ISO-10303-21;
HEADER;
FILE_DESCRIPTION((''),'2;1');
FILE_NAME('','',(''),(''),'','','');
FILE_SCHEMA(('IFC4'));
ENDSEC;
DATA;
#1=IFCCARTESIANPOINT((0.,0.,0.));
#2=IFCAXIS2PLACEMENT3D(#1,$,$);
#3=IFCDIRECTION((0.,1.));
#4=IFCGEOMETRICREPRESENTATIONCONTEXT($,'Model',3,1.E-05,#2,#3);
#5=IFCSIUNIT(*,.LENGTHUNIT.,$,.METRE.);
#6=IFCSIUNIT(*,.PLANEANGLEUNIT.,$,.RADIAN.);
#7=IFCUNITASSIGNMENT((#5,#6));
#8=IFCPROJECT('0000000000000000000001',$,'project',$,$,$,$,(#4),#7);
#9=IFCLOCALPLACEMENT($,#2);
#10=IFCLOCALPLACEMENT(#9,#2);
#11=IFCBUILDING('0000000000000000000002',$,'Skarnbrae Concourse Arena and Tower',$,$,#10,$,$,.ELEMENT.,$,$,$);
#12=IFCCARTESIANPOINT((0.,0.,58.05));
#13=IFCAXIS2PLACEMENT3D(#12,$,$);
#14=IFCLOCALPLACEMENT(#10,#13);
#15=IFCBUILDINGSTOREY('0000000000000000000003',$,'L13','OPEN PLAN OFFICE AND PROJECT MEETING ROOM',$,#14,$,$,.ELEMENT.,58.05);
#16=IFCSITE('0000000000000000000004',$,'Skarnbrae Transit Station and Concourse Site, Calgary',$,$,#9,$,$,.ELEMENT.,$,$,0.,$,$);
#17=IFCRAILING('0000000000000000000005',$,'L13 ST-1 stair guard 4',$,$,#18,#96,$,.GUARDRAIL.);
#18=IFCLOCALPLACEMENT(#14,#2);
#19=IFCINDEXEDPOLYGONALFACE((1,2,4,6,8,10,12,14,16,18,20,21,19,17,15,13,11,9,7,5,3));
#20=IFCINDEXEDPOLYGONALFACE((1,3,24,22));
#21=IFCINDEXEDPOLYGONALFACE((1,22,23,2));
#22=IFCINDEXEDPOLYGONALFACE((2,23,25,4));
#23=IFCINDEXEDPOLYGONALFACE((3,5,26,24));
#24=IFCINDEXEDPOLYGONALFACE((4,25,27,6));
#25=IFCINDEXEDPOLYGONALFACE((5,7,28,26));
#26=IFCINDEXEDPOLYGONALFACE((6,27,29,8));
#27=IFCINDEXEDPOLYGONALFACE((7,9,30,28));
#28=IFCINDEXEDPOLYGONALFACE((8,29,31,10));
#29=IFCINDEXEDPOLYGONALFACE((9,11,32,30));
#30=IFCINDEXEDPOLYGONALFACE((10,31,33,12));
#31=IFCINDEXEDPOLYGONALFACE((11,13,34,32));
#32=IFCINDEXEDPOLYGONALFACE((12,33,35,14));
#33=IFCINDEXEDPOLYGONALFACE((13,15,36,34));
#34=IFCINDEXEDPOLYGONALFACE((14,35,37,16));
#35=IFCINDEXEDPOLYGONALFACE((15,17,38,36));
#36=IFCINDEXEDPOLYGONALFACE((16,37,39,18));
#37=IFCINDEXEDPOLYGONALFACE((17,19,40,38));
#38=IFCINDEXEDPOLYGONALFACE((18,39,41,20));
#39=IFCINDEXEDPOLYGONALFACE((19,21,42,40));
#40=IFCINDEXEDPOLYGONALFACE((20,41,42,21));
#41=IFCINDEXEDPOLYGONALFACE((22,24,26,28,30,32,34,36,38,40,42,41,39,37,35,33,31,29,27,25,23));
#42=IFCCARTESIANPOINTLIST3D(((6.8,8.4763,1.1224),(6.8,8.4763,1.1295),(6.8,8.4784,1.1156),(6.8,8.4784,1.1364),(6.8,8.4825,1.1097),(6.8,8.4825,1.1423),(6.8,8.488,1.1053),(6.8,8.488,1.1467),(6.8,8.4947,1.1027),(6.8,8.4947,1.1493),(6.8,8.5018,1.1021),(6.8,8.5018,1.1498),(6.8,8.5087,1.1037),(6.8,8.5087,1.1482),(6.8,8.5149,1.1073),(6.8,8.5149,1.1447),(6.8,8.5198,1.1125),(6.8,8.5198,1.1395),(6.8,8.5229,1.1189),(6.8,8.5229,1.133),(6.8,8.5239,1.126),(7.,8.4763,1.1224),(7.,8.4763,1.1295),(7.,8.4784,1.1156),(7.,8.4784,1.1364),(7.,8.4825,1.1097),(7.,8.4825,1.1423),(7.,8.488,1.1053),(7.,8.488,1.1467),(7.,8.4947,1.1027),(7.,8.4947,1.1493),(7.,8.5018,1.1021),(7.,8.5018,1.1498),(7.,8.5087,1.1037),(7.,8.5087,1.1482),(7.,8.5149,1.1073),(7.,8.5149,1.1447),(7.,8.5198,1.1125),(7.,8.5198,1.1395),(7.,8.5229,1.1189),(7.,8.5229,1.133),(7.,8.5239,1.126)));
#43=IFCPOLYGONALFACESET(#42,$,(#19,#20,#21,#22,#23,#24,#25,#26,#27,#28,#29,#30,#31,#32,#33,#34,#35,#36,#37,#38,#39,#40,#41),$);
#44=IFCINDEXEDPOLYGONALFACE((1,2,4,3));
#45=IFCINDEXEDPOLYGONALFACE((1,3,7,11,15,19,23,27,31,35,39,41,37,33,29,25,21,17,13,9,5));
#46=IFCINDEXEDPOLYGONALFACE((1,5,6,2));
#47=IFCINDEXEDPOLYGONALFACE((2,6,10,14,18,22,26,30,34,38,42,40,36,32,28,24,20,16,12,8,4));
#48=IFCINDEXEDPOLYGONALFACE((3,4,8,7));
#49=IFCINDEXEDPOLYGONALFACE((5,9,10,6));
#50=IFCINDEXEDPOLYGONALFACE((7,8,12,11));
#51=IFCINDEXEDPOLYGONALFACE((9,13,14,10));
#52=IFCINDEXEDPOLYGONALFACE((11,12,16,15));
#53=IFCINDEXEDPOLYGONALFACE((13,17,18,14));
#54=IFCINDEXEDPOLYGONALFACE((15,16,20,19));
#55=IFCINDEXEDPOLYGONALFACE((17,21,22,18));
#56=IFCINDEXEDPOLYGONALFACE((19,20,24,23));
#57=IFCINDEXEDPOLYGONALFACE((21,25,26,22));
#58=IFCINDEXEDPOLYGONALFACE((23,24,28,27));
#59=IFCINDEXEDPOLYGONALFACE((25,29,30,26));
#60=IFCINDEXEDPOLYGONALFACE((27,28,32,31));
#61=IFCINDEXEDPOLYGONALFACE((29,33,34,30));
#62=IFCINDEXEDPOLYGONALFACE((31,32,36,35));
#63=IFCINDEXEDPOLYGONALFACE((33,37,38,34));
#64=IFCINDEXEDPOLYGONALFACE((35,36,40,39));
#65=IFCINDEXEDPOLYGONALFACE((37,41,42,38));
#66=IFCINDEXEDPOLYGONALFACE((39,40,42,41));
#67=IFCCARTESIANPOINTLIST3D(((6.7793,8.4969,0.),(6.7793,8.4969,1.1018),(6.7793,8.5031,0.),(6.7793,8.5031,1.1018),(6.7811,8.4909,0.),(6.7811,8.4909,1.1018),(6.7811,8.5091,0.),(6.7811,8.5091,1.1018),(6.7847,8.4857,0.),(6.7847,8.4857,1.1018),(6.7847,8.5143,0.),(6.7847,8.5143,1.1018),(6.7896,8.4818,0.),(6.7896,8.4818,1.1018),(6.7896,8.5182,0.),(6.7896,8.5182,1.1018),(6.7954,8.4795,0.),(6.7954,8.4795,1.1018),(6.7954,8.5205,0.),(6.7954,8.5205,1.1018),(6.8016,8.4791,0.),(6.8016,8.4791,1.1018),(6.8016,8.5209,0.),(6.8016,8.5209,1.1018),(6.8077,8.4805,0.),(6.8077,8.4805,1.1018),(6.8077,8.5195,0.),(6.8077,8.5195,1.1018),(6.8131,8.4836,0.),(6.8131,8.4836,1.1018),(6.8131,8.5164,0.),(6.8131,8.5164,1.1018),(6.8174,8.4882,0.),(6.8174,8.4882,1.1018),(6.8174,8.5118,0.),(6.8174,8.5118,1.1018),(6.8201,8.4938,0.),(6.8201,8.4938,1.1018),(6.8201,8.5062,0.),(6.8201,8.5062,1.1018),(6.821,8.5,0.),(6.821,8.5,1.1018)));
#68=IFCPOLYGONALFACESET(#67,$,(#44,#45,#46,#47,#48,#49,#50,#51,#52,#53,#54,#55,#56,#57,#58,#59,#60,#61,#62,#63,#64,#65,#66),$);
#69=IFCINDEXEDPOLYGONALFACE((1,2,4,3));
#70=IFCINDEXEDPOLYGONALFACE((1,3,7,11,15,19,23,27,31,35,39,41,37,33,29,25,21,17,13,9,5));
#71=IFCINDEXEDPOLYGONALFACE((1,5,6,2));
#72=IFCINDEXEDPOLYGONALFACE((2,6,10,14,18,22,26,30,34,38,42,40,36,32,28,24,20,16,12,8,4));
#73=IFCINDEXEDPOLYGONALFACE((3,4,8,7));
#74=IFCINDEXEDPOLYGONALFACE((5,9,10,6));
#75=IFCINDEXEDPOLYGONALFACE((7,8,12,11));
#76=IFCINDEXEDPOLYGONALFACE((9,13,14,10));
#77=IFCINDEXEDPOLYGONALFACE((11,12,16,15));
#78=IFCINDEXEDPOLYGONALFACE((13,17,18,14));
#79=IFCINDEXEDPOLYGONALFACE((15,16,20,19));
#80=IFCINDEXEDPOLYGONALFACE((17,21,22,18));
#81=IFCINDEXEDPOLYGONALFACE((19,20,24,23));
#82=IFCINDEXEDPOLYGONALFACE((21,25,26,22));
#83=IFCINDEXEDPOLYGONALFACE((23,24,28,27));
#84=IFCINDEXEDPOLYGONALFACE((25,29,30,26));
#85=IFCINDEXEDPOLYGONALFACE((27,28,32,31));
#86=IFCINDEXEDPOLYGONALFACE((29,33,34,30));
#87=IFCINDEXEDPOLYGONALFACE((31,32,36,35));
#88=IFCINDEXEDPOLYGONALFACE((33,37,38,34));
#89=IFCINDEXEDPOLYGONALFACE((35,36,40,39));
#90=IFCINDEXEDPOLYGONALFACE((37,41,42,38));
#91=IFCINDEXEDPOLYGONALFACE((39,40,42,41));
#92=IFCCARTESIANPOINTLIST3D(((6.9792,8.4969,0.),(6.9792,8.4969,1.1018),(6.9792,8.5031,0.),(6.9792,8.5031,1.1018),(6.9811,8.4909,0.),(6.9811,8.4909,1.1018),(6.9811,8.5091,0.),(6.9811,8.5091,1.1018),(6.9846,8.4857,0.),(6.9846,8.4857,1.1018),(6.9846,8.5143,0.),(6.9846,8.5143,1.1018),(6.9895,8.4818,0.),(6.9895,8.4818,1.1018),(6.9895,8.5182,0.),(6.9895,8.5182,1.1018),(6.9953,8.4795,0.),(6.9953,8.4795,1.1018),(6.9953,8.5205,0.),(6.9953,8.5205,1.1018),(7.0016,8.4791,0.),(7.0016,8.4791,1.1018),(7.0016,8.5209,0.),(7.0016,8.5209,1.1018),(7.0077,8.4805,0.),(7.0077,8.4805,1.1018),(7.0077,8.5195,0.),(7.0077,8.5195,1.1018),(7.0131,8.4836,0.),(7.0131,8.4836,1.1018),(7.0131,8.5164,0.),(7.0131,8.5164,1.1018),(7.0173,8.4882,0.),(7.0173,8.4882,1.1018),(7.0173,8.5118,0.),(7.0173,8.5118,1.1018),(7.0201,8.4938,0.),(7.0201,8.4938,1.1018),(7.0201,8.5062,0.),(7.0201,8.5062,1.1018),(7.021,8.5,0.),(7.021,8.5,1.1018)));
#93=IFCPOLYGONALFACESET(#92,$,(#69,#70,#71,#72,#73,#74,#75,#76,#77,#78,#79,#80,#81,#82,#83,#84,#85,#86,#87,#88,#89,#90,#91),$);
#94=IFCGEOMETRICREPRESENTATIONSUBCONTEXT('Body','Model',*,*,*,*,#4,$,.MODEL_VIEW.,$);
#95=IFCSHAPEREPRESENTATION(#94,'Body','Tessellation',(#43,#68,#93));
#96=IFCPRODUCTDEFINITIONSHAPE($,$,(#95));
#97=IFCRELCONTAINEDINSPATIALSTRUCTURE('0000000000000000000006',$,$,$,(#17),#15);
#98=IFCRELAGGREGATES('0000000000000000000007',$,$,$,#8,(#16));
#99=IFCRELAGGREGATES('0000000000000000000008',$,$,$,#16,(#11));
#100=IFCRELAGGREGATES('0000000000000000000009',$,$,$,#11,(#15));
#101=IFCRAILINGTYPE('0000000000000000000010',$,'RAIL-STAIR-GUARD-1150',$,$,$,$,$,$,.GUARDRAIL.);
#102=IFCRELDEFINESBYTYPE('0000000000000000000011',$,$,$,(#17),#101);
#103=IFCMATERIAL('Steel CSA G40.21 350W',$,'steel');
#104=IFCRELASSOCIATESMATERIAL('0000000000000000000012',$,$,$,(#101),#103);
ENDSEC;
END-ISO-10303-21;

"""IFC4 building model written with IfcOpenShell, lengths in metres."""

from ifc_helpers import new_model, si_unit, direction, frame, origin, origin_2d, place, context, subcontext, project, spatial, circle, extrude, material, type_object, element, save


model = new_model("IFC4")

# Units and contexts
model_context = context("Model", 3, precision=1e-05, world=origin(), true_north=direction((0.0, 1.0)))
body_context = subcontext(model_context, "Body", "Model", "MODEL_VIEW")
ifc_project = project(units=[si_unit("LENGTHUNIT", "METRE"), si_unit("PLANEANGLEUNIT", "RADIAN")], contexts=[model_context])

# Site, building, storey
site_placement = place(None, origin())
site = spatial("IfcSite", under=ifc_project, at=site_placement, Name="Skarnbrae Transit Station and Concourse Site, Calgary", CompositionType="ELEMENT", RefElevation=0.0)
building_placement = place(site_placement, origin())
building = spatial("IfcBuilding", under=site, at=building_placement, Name="Skarnbrae Concourse Arena and Tower", CompositionType="ELEMENT")
storey_placement = place(building_placement, frame((0.0, 0.0, 58.05)))
storey = spatial("IfcBuildingStorey", under=building, at=storey_placement, Name="L13", Description="OPEN PLAN OFFICE AND PROJECT MEETING ROOM", CompositionType="ELEMENT", Elevation=58.05)

# Shared definitions
ifc_material_1 = material(Name="Steel CSA G40.21 350W", Category="steel")

# Railing
railing_type_1 = type_object("IfcRailingType", Name="RAIL-STAIR-GUARD-1150", PredefinedType="GUARDRAIL", material=ifc_material_1)
railing_1_placement = place(storey_placement, frame((6.8, 8.5, 0.0)))
element("IfcRailing", 1, at=railing_1_placement, inside=storey, type_object=railing_type_1, Name="L13 ST-1 stair guard 4", PredefinedType="GUARDRAIL", context=body_context, shape_type="SweptSolid", body=[
    extrude(circle(Radius=0.0239, at=origin_2d()), frame((0.0, 0.0, 1.126), z_axis=(1.0, 0.0, 0.0), x_axis=(0.0, 1.0, 0.0)), (0.0, 0.0, 1.0), 0.2),
    extrude(circle(Radius=0.021, at=origin_2d()), origin(), (0.0, 0.0, 1.0), 1.1018),
    extrude(circle(Radius=0.021, at=origin_2d()), frame((0.2, 0.0, 0.0)), (0.0, 0.0, 1.0), 1.1018),
])

save(model, "model.ifc")
